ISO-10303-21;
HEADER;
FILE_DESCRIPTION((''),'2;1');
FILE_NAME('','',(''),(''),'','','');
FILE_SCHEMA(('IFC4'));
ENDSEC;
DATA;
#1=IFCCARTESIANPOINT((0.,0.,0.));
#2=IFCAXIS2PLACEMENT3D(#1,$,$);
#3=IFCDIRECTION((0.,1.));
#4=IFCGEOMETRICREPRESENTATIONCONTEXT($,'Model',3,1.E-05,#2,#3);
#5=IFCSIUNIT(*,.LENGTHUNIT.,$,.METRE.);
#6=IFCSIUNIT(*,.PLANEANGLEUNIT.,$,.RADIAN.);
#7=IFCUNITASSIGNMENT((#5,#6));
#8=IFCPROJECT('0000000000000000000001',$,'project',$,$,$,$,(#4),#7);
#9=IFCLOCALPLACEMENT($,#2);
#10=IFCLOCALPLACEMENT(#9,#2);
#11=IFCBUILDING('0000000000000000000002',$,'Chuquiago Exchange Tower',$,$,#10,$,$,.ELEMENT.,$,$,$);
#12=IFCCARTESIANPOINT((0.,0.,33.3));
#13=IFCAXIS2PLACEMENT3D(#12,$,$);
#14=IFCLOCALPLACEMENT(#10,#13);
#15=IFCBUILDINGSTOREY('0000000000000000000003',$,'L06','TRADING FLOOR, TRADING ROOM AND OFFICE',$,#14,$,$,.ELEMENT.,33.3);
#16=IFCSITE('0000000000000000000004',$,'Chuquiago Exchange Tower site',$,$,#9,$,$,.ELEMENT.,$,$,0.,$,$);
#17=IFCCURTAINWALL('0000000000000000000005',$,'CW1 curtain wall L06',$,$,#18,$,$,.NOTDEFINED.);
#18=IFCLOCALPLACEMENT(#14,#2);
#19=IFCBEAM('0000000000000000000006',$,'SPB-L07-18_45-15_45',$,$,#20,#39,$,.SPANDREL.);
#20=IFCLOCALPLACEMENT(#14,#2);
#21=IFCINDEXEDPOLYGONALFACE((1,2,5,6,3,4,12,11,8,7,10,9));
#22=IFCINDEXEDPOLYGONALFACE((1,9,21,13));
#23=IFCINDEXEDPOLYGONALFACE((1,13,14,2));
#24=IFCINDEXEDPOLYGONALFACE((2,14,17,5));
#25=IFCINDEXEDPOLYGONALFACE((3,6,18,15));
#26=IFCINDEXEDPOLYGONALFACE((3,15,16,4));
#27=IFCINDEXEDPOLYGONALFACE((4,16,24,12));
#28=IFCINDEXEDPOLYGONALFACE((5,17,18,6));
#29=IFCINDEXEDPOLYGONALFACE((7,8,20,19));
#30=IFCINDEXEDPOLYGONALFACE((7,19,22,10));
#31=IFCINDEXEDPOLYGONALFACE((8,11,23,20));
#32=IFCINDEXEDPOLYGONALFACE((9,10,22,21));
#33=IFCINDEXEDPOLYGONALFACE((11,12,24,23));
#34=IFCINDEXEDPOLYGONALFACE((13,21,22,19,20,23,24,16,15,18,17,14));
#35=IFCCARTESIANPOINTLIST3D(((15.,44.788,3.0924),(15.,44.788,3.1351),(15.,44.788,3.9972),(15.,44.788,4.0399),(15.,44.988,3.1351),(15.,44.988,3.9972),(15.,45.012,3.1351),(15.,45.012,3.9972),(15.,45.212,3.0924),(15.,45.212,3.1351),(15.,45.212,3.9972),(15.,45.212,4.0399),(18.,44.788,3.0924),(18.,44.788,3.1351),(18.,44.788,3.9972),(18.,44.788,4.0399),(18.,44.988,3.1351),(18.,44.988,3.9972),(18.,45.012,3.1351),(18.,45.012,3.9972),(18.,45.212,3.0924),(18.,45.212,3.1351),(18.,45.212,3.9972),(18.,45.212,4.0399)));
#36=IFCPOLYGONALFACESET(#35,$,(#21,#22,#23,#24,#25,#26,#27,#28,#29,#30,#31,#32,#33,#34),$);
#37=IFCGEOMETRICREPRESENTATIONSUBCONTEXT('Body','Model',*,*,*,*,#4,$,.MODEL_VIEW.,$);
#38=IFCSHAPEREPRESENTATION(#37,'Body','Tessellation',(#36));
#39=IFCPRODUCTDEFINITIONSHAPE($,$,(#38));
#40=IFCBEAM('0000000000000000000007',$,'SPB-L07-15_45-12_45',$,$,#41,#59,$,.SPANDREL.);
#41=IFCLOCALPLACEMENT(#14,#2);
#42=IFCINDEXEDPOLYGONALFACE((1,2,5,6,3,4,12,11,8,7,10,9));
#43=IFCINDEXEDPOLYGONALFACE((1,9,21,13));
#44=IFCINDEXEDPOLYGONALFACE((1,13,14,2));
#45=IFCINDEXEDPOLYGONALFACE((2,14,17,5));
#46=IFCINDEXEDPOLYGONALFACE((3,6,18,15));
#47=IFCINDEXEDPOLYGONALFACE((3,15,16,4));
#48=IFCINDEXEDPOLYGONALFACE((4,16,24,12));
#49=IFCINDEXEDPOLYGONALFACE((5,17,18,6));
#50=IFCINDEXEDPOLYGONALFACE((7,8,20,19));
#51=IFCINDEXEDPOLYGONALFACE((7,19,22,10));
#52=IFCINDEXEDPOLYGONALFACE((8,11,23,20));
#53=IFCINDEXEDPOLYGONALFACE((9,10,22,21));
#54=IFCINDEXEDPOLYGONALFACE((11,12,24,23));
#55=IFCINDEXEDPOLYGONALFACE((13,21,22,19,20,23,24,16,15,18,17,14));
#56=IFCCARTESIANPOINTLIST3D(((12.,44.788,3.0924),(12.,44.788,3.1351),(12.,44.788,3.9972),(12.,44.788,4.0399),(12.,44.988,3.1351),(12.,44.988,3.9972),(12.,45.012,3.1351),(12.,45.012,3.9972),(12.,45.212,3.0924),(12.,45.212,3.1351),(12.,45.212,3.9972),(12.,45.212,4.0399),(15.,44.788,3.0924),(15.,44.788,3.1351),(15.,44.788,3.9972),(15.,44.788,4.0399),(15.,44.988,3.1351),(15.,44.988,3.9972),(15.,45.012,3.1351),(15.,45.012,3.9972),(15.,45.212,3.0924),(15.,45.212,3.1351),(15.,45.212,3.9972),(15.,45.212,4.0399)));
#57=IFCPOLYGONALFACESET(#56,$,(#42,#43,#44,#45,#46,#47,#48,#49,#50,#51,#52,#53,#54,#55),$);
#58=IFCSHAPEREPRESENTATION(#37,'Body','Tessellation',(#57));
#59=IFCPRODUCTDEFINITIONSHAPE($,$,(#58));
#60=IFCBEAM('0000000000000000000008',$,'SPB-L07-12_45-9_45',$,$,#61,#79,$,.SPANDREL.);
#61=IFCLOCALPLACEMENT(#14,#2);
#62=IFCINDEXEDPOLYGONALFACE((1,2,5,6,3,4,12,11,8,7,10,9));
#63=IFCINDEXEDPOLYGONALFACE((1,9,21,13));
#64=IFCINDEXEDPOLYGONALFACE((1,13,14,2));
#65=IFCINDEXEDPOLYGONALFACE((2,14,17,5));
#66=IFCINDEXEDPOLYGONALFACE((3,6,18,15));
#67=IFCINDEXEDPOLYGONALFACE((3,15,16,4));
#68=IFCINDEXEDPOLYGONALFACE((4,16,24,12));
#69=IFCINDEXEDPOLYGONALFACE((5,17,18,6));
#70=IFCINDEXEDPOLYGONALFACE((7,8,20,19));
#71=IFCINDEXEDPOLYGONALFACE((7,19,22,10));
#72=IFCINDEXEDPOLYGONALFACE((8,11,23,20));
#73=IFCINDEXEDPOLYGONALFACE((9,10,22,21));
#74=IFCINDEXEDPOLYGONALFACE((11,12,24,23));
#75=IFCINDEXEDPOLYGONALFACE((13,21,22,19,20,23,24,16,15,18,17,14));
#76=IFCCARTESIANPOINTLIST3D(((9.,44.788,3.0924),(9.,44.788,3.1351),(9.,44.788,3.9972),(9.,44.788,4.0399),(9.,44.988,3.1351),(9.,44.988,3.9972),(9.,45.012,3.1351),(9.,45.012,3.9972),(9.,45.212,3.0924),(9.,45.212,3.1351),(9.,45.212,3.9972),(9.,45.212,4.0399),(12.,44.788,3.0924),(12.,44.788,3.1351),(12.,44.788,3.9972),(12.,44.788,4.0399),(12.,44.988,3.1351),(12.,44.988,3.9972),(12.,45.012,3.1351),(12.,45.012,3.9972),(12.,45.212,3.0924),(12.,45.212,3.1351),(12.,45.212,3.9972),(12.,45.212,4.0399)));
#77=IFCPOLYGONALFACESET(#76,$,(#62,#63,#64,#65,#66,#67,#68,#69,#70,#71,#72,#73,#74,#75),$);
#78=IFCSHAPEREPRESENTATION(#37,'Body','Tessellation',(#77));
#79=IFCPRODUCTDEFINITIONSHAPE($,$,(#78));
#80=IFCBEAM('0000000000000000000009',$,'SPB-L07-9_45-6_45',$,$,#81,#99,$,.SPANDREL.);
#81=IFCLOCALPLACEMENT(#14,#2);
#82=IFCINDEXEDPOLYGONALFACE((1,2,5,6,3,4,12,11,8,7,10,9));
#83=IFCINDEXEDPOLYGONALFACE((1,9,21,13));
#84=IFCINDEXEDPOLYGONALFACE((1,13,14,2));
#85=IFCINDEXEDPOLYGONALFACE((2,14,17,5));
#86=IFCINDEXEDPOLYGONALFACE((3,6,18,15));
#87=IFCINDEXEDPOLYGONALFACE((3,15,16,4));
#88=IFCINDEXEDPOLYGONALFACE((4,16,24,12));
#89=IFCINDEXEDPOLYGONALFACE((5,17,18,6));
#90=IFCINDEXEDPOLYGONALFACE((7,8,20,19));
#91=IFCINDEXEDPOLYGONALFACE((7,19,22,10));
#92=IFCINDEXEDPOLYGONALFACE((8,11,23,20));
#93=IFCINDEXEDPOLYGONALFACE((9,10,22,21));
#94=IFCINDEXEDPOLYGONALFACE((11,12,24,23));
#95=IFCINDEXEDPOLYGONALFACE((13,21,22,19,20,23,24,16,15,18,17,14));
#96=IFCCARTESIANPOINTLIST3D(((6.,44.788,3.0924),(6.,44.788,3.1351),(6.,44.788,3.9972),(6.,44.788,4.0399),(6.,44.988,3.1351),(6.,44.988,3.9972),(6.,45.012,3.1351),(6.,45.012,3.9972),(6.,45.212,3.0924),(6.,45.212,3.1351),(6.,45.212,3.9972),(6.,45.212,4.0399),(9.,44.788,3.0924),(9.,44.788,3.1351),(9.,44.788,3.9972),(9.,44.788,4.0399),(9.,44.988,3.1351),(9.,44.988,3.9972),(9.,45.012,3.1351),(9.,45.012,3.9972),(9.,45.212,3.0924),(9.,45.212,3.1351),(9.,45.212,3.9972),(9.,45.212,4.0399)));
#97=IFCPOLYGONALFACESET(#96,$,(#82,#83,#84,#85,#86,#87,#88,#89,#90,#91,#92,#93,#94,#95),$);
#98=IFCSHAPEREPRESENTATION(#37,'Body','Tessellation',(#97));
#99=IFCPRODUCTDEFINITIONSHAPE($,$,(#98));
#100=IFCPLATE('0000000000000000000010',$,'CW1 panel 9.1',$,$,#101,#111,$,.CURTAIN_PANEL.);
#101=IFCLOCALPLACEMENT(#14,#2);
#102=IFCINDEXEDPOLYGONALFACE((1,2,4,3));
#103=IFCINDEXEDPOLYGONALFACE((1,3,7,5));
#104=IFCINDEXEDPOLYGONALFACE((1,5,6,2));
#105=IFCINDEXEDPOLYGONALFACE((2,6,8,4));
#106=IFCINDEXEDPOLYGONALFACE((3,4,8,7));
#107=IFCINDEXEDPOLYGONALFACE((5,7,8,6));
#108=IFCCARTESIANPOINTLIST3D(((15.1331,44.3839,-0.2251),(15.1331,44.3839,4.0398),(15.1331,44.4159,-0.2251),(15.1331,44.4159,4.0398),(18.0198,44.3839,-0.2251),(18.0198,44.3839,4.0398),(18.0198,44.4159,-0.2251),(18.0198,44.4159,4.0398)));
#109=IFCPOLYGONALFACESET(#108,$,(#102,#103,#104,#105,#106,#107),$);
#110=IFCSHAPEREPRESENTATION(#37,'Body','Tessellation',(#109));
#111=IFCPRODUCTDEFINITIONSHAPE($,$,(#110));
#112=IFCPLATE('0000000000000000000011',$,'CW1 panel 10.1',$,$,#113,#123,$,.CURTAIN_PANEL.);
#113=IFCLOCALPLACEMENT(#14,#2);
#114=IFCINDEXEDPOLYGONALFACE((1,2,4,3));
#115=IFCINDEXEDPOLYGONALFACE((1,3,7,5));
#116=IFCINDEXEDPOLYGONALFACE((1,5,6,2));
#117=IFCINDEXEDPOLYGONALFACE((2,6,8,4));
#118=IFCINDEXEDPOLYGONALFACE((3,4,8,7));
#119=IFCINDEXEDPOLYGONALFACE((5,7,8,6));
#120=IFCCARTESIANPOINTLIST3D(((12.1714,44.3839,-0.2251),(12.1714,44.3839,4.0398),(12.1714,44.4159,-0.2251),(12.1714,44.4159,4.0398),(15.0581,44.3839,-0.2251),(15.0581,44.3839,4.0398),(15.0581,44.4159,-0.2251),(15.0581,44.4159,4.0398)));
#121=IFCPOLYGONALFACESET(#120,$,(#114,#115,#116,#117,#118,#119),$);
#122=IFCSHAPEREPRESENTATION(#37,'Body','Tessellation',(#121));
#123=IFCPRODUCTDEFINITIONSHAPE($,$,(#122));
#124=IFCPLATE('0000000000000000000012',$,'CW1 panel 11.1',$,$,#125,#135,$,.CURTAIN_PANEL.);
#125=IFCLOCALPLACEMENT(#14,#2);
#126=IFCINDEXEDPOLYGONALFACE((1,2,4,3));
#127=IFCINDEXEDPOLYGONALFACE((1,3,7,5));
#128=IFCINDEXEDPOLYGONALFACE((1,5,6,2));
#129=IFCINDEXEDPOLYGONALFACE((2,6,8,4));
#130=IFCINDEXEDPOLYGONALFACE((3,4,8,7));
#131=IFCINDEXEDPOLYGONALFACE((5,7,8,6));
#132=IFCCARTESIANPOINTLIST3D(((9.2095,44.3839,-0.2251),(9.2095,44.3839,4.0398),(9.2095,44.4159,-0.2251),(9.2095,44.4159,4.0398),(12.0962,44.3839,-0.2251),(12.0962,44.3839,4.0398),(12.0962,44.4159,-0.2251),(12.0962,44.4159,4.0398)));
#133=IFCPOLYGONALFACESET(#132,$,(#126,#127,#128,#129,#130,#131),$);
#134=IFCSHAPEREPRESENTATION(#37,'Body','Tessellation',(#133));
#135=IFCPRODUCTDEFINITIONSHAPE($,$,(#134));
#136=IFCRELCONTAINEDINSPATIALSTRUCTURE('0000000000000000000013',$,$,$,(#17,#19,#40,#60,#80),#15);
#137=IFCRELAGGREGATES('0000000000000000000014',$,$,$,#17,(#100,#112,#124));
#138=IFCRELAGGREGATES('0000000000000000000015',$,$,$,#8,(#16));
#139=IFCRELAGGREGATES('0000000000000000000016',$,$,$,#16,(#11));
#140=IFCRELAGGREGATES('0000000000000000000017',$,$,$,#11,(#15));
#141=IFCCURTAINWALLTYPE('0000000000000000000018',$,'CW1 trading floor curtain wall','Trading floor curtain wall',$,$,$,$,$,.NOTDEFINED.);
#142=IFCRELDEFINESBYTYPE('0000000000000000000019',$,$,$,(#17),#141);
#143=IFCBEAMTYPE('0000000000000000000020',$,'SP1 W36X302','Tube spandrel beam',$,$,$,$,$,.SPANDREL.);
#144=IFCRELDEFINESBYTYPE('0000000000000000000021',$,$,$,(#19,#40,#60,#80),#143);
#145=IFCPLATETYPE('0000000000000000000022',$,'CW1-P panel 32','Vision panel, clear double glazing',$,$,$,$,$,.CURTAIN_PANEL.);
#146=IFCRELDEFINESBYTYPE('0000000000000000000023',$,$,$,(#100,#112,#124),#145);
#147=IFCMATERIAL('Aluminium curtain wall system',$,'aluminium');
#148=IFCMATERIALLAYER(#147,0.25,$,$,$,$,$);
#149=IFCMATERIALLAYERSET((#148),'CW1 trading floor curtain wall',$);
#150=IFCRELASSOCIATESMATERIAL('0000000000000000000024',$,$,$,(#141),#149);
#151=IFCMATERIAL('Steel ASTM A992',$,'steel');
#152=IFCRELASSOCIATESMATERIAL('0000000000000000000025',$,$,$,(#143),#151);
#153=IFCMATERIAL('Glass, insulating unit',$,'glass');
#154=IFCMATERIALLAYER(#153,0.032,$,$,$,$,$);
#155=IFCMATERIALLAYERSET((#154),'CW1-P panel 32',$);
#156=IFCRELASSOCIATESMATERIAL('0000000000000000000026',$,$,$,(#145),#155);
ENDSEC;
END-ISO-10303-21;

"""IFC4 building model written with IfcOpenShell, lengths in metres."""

from ifc_helpers import new_model, si_unit, direction, frame, origin, origin_2d, place, context, subcontext, project, spatial, rectangle, i_section, extrude, material, layer, layer_set, material_profile, profile_set, type_object, element, aggregate, save


model = new_model("IFC4")

# Units and contexts
model_context = context("Model", 3, precision=1e-05, world=origin(), true_north=direction((0.0, 1.0)))
body_context = subcontext(model_context, "Body", "Model", "MODEL_VIEW")
ifc_project = project(units=[si_unit("LENGTHUNIT", "METRE"), si_unit("PLANEANGLEUNIT", "RADIAN")], contexts=[model_context])

# Site, building, storey
site_placement = place(None, origin())
site = spatial("IfcSite", under=ifc_project, at=site_placement, Name="Chuquiago Exchange Tower site", CompositionType="ELEMENT", RefElevation=0.0)
building_placement = place(site_placement, origin())
building = spatial("IfcBuilding", under=site, at=building_placement, Name="Chuquiago Exchange Tower", CompositionType="ELEMENT")
storey_placement = place(building_placement, frame((0.0, 0.0, 33.3)))
storey = spatial("IfcBuildingStorey", under=building, at=storey_placement, Name="L06", Description="TRADING FLOOR, TRADING ROOM AND OFFICE", CompositionType="ELEMENT", Elevation=33.3)

# Curtain wall
ifc_material_1 = material(Name="Aluminium curtain wall system", Category="aluminium")
ifc_layer_1 = layer(ifc_material_1, 0.25)
ifc_layer_set_1 = layer_set([ifc_layer_1], Name="CW1 trading floor curtain wall")
curtain_wall_type = type_object("IfcCurtainWallType", Name="CW1 trading floor curtain wall", Description="Trading floor curtain wall", PredefinedType="NOTDEFINED", material=ifc_layer_set_1)
curtain_wall_placement = place(storey_placement, origin())
curtain_wall = element("IfcCurtainWall", 1, at=curtain_wall_placement, inside=storey, type_object=curtain_wall_type, Name="CW1 curtain wall L06", PredefinedType="NOTDEFINED")

# Beams
ifc_material_2 = material(Name="Steel ASTM A992", Category="steel")
ifc_material_profile_1 = material_profile(ifc_material_2, i_section(OverallWidth=0.4241, OverallDepth=0.9475, WebThickness=0.0239, FlangeThickness=0.0427, at=origin_2d()), Name="W36X302")
ifc_profile_set_1 = profile_set([ifc_material_profile_1], Name="Steel ASTM A992")
beam_type = type_object("IfcBeamType", Name="SP1 W36X302", Description="Tube spandrel beam", PredefinedType="SPANDREL", material=ifc_profile_set_1)
for number, where, z_axis, x_axis, name in (
    (2, (18.0, 45.0, 3.5662), (-1.0, 0.0, 0.0), (0.0, -1.0, 0.0), "SPB-L07-18_45-15_45"),
    (3, (15.0, 45.0, 3.5662), (-1.0, 0.0, 0.0), (0.0, -1.0, 0.0), "SPB-L07-15_45-12_45"),
    (4, (12.0, 45.0, 3.5662), (-1.0, 0.0, 0.0), (0.0, -1.0, 0.0), "SPB-L07-12_45-9_45"),
    (5, (9.0, 45.0, 3.5662), (-1.0, 0.0, 0.0), (0.0, -1.0, 0.0), "SPB-L07-9_45-6_45"),
):
    element("IfcBeam", number, at=place(storey_placement, frame(where, z_axis=z_axis, x_axis=x_axis)), inside=storey, type_object=beam_type, Name=name, PredefinedType="SPANDREL", context=body_context, shape_type="SweptSolid", body=[
        extrude(i_section(OverallWidth=0.4241, OverallDepth=0.9475, WebThickness=0.0239, FlangeThickness=0.0427, at=origin_2d()), origin(), (0.0, 0.0, 1.0), 3.0),
    ])

# Plates
ifc_material_3 = material(Name="Glass, insulating unit", Category="glass")
ifc_layer_2 = layer(ifc_material_3, 0.032)
ifc_layer_set_2 = layer_set([ifc_layer_2], Name="CW1-P panel 32")
plate_type = type_object("IfcPlateType", Name="CW1-P panel 32", Description="Vision panel, clear double glazing", PredefinedType="CURTAIN_PANEL", material=ifc_layer_set_2)
plate_1_placement = place(storey_placement, frame((16.5764, 44.3999, -0.2251), z_axis=(0.0, 0.0, 1.0), x_axis=(-1.0, 0.0, 0.0)))
plate_1 = element("IfcPlate", 6, at=plate_1_placement, type_object=plate_type, Name="CW1 panel 9.1", PredefinedType="CURTAIN_PANEL", context=body_context, shape_type="SweptSolid", body=[
    extrude(rectangle(XDim=2.8867, YDim=0.032, at=origin_2d()), origin(), (0.0, 0.0, 1.0), 4.2649),
])
plate_2_placement = place(storey_placement, frame((13.6147, 44.3999, -0.2251), z_axis=(0.0, 0.0, 1.0), x_axis=(-1.0, 0.0, 0.0)))
plate_2 = element("IfcPlate", 7, at=plate_2_placement, type_object=plate_type, Name="CW1 panel 10.1", PredefinedType="CURTAIN_PANEL", context=body_context, shape_type="SweptSolid", body=[
    extrude(rectangle(XDim=2.8867, YDim=0.032, at=origin_2d()), origin(), (0.0, 0.0, 1.0), 4.2649),
])
plate_3_placement = place(storey_placement, frame((10.6528, 44.3999, -0.2251), z_axis=(0.0, 0.0, 1.0), x_axis=(-1.0, 0.0, 0.0)))
plate_3 = element("IfcPlate", 8, at=plate_3_placement, type_object=plate_type, Name="CW1 panel 11.1", PredefinedType="CURTAIN_PANEL", context=body_context, shape_type="SweptSolid", body=[
    extrude(rectangle(XDim=2.8867, YDim=0.032, at=origin_2d()), origin(), (0.0, 0.0, 1.0), 4.2649),
])
aggregate(curtain_wall, [plate_1, plate_2, plate_3])

save(model, "model.ifc")
